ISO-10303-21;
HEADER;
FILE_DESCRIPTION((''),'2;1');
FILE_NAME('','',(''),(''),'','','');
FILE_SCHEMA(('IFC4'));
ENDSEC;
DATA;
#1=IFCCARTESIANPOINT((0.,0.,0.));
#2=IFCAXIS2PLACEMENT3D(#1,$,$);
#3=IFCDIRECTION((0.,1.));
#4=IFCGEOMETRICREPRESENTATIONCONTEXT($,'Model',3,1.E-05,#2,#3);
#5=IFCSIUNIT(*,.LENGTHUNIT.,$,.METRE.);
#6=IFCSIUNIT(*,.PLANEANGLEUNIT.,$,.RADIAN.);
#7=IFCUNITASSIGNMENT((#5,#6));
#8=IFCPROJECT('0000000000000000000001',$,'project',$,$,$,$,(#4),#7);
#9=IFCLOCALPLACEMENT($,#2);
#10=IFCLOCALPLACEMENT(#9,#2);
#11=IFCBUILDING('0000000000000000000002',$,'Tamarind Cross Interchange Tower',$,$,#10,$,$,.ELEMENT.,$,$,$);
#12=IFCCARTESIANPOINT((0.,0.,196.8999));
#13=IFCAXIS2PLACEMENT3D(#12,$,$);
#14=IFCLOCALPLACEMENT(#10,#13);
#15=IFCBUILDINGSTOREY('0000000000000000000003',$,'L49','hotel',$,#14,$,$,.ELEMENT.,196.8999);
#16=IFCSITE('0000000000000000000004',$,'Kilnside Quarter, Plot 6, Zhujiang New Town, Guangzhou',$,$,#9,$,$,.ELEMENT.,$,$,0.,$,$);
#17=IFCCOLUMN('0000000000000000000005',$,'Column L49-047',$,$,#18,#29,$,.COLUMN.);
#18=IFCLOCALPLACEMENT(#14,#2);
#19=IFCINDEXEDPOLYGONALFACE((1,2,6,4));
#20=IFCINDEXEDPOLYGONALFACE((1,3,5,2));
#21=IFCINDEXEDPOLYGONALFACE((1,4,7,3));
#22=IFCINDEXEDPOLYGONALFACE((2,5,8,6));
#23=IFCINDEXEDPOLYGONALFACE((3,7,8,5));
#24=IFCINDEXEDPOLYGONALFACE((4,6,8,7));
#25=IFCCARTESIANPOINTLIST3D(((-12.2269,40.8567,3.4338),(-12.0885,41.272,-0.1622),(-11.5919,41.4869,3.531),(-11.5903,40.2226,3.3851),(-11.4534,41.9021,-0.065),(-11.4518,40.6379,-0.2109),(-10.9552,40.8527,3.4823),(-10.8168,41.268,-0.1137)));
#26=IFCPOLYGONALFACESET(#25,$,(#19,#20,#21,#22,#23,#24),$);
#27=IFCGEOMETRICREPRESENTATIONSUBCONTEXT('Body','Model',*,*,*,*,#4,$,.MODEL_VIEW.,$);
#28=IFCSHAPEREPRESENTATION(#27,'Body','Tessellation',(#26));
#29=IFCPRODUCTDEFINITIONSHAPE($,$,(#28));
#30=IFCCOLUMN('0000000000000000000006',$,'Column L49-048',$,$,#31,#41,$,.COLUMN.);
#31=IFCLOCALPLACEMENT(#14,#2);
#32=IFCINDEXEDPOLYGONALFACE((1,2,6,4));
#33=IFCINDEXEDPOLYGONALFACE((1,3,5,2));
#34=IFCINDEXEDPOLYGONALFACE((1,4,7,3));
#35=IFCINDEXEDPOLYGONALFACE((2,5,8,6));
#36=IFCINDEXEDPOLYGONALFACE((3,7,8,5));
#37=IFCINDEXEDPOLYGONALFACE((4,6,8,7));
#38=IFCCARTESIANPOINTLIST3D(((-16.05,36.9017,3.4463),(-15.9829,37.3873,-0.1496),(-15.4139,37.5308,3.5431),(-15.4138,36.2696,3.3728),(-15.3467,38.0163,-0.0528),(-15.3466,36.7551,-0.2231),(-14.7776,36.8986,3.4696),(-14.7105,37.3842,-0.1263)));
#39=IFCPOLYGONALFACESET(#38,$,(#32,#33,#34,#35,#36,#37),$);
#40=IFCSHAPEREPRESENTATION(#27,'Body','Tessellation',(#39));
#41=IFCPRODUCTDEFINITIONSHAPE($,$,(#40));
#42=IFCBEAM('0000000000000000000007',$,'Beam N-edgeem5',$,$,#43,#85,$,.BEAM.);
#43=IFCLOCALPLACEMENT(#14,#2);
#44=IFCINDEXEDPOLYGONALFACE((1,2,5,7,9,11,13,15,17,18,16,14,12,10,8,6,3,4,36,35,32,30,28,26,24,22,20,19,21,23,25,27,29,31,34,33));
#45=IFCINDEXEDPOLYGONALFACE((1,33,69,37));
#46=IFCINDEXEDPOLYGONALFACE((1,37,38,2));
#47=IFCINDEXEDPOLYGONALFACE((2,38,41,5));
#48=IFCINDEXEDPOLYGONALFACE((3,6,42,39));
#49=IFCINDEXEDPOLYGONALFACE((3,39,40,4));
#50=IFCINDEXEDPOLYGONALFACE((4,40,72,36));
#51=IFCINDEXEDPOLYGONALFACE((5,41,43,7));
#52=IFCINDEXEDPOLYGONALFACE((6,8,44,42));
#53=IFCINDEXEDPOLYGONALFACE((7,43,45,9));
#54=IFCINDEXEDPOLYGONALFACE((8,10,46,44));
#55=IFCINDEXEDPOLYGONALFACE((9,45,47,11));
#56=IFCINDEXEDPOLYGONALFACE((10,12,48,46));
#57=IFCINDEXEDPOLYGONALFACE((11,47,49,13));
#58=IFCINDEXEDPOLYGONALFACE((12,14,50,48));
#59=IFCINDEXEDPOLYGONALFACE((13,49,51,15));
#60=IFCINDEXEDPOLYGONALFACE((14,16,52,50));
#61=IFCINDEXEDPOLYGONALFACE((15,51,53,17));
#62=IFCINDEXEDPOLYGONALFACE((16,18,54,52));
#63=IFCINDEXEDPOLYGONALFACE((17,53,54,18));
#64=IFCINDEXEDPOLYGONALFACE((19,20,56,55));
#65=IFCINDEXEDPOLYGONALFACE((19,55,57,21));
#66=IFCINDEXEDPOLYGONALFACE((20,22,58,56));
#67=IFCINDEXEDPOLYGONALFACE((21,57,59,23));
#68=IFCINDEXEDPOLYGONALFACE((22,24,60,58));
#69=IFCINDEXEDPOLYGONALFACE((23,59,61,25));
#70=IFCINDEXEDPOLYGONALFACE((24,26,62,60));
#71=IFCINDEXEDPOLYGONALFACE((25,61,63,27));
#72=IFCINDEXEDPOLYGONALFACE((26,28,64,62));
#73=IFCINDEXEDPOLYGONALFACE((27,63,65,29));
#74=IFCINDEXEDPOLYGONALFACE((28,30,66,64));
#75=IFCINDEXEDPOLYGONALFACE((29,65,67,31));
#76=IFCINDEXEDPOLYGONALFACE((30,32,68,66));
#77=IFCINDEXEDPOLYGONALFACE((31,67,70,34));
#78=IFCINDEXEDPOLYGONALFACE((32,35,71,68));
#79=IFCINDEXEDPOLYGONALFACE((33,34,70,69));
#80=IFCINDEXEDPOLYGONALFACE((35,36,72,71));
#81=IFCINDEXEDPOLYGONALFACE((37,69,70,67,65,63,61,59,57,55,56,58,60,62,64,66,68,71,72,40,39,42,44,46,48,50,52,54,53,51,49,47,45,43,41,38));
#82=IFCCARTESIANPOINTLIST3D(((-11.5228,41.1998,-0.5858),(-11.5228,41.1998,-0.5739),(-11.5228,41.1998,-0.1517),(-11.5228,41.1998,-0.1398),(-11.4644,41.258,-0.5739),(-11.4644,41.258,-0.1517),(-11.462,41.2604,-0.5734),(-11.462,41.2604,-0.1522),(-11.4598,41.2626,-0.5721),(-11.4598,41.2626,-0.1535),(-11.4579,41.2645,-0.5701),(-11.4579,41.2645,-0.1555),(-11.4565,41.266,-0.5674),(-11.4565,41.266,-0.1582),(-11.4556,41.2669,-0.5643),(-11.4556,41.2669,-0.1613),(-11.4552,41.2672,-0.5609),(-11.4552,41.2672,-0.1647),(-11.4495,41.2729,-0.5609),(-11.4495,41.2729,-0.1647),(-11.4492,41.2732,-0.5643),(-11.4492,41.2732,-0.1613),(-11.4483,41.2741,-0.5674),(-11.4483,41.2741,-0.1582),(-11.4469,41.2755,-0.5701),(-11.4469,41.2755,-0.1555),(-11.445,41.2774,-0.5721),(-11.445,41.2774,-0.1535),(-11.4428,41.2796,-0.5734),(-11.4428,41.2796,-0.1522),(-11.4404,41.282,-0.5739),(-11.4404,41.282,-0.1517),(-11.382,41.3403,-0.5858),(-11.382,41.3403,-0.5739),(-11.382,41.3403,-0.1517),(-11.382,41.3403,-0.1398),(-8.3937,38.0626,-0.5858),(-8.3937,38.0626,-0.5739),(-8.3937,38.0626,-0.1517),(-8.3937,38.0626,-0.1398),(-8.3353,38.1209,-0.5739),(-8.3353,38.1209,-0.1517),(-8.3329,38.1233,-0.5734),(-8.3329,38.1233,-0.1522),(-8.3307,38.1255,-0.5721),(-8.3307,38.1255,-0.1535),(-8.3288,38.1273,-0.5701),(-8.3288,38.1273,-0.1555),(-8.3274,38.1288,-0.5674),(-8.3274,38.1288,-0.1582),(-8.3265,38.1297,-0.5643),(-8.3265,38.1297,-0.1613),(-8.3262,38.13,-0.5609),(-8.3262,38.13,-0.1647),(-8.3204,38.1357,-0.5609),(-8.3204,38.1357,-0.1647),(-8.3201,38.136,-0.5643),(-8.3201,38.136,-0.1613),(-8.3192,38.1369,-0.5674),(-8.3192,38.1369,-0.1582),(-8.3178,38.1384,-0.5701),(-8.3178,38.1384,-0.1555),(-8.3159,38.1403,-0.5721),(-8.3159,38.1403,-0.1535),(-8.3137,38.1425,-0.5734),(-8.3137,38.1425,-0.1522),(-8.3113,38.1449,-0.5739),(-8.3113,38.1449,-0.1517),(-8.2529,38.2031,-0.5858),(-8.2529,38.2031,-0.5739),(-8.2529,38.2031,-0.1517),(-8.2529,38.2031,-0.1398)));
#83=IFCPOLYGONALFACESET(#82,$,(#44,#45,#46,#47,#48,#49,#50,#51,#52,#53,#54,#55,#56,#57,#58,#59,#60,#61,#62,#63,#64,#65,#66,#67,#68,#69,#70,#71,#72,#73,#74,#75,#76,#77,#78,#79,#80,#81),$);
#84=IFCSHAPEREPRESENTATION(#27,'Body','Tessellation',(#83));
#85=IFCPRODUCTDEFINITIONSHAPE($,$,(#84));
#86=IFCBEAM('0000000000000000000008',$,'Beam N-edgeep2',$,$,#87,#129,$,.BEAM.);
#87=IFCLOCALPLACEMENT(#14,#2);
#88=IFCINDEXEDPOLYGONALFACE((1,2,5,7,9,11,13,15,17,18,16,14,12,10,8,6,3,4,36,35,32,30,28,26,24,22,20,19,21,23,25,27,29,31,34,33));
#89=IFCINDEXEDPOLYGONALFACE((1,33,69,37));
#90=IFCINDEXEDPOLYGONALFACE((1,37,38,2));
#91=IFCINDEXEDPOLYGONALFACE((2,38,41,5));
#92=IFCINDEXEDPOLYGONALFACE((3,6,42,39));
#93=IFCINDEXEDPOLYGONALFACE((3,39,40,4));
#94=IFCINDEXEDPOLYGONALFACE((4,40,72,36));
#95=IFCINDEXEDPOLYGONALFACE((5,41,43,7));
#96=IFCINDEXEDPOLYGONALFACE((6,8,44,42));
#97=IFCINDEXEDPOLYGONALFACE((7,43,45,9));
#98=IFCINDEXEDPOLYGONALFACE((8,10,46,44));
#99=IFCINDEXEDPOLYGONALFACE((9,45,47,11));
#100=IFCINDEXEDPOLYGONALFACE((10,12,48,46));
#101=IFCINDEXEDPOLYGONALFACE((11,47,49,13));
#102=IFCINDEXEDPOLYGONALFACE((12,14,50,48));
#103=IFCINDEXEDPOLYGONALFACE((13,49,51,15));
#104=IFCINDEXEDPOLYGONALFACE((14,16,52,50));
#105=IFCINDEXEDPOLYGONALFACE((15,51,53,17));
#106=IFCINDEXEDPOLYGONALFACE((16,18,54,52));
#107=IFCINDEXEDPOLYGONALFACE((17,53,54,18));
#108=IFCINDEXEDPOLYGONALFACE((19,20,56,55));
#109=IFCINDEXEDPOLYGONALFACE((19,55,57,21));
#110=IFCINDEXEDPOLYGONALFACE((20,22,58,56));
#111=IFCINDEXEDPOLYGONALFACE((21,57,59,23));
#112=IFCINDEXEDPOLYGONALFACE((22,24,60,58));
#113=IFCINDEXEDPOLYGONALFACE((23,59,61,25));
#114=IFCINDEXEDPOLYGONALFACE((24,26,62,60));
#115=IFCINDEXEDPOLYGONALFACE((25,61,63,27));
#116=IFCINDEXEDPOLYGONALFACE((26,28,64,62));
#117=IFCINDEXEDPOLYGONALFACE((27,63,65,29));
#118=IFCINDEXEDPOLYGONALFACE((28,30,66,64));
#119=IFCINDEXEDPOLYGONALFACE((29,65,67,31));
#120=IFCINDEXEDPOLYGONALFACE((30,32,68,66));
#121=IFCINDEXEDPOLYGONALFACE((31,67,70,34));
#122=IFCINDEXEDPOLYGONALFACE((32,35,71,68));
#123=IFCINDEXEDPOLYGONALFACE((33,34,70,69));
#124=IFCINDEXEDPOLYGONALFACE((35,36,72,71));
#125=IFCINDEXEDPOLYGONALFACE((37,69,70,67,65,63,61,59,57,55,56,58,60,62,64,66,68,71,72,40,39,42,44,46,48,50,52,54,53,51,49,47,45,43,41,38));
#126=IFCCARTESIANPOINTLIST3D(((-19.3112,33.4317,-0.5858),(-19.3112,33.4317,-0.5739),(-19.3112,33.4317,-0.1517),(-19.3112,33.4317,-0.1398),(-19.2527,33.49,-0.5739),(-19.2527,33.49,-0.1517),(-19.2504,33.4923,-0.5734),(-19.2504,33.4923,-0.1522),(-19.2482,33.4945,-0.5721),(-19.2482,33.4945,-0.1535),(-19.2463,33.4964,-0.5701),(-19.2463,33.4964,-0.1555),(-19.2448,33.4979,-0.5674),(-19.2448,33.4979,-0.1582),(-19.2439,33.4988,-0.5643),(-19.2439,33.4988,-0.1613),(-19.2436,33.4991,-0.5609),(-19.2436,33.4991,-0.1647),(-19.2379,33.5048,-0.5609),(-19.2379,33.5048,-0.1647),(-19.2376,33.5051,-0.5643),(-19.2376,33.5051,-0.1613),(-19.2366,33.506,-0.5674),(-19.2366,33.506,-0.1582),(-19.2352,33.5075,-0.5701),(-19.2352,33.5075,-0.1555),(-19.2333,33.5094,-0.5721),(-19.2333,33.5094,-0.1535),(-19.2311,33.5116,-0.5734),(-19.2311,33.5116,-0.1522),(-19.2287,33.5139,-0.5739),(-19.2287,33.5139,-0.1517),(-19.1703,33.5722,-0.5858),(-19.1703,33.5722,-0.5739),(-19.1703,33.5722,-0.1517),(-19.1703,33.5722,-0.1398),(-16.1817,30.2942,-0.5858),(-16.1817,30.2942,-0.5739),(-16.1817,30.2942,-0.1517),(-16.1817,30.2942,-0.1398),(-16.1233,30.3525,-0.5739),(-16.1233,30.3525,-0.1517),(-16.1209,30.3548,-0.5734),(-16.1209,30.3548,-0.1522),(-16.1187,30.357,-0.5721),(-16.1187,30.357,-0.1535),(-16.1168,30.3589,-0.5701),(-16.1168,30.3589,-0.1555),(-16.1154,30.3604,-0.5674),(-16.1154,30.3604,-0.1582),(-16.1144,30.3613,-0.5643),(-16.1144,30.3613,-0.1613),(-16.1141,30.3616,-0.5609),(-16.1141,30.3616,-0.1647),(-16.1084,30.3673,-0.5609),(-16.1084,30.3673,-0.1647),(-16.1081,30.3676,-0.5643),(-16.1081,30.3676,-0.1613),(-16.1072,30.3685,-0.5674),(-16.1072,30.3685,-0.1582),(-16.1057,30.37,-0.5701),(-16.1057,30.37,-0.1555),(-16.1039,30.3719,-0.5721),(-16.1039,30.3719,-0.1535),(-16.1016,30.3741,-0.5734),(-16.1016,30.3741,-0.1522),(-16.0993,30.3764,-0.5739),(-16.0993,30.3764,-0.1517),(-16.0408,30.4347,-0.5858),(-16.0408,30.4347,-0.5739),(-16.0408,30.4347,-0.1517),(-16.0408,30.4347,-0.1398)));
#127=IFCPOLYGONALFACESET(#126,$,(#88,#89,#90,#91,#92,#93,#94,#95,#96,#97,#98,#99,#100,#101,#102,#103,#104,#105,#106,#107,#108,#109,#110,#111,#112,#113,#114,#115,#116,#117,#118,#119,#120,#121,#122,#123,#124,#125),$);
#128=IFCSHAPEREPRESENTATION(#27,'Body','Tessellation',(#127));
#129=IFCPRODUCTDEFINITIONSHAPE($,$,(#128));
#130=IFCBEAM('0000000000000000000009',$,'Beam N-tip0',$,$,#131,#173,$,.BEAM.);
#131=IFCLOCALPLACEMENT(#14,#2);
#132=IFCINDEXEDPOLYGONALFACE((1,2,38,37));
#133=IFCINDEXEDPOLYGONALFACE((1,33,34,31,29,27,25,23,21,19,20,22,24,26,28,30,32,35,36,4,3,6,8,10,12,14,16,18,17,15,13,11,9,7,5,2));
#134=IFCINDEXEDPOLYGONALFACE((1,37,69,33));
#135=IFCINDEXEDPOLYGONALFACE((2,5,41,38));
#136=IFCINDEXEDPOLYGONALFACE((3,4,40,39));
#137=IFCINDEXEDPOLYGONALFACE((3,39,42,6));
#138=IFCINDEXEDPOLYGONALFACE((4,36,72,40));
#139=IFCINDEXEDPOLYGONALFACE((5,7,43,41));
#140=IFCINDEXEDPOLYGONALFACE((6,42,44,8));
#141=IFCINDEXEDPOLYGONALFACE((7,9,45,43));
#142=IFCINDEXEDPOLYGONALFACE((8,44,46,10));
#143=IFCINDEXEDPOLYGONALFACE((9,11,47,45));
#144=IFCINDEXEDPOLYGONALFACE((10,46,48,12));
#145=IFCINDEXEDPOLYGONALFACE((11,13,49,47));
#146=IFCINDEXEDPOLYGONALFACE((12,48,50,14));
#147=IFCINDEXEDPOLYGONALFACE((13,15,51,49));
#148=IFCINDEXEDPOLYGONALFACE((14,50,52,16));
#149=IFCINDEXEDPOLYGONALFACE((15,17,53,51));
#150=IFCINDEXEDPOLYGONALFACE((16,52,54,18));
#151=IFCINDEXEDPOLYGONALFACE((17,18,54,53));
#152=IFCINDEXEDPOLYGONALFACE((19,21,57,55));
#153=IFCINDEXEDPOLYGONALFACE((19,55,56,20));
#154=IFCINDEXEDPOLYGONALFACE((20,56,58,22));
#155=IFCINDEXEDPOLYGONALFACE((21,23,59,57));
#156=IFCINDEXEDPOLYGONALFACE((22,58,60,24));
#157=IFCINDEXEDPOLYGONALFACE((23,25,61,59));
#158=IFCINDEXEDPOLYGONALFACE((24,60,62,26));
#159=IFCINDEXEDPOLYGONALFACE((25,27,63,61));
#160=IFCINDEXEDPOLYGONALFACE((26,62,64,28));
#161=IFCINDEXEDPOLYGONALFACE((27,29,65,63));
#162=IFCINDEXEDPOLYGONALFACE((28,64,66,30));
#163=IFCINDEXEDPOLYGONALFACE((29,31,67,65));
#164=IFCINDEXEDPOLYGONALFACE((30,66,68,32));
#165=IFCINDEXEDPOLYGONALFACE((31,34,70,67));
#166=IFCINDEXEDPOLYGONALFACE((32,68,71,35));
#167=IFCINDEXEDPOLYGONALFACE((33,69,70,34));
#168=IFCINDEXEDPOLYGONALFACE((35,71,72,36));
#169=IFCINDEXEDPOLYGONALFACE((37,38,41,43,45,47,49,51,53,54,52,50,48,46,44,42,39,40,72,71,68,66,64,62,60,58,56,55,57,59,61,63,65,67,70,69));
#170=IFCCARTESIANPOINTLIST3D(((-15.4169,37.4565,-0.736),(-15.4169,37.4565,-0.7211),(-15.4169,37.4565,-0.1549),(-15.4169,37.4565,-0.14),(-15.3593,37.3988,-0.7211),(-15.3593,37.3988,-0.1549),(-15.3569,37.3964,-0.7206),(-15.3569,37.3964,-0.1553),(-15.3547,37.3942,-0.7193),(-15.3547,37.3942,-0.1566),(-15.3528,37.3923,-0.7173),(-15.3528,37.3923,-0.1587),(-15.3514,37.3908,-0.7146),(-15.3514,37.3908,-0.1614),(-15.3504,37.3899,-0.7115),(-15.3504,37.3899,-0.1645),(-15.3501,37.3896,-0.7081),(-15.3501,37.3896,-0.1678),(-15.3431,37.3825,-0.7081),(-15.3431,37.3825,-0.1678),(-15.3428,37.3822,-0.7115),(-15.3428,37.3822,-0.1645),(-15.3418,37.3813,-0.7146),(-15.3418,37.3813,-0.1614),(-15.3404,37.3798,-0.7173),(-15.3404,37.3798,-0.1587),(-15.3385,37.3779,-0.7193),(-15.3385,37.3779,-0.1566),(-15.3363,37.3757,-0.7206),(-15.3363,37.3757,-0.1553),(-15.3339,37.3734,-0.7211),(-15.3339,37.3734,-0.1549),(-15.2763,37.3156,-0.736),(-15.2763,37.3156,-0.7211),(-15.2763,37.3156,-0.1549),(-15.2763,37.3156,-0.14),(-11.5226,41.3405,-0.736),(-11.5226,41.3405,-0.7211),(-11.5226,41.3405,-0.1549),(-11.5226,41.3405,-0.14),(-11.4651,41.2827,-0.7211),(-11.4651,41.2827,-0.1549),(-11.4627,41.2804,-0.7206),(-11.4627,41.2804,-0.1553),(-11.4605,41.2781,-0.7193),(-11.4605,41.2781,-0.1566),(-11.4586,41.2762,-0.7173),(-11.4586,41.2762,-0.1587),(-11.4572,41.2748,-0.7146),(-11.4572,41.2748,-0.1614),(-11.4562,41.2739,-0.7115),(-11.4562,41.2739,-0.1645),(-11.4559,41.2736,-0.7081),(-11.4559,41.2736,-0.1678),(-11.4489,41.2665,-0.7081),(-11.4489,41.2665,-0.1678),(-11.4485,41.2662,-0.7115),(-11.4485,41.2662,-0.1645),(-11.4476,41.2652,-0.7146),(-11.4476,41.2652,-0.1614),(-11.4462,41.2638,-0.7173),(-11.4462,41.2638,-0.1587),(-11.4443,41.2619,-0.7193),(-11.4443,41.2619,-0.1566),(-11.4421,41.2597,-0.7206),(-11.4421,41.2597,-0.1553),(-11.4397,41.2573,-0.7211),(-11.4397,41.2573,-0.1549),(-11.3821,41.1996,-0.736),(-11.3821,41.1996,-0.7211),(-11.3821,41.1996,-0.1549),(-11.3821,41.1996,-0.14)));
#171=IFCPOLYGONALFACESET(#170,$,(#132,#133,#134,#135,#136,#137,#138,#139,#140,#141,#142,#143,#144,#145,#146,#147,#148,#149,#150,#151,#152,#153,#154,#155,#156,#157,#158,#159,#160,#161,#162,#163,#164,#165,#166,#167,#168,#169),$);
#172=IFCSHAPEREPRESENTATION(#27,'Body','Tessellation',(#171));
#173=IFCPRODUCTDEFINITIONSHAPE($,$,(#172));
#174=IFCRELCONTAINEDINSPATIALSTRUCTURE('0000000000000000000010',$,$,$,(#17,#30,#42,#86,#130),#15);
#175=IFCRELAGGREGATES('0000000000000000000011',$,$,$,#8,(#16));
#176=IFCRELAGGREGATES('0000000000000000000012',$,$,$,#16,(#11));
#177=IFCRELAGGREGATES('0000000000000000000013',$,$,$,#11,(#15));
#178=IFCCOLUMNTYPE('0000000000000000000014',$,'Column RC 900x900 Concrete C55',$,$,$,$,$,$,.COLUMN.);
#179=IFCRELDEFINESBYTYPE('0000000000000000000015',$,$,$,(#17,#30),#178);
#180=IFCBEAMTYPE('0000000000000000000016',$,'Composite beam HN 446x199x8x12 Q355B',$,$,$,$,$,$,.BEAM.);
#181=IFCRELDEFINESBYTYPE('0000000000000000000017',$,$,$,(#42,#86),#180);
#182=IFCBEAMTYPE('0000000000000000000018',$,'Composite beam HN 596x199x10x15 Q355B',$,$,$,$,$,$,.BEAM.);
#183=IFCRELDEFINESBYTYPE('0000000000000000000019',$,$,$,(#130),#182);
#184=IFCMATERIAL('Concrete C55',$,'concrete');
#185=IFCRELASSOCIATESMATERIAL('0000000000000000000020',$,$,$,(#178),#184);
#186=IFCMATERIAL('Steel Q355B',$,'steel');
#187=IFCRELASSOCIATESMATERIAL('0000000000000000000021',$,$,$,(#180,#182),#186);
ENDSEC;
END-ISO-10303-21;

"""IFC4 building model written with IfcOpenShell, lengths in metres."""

from ifc_helpers import new_model, si_unit, direction, frame, origin, origin_2d, place, context, subcontext, project, spatial, rectangle, i_section, extrude, material, material_profile, profile_set, type_object, element, save


model = new_model("IFC4")

# Units and contexts
model_context = context("Model", 3, precision=1e-05, world=origin(), true_north=direction((0.0, 1.0)))
body_context = subcontext(model_context, "Body", "Model", "MODEL_VIEW")
ifc_project = project(units=[si_unit("LENGTHUNIT", "METRE"), si_unit("PLANEANGLEUNIT", "RADIAN")], contexts=[model_context])

# Site, building, storey
site_placement = place(None, origin())
site = spatial("IfcSite", under=ifc_project, at=site_placement, Name="Kilnside Quarter, Plot 6, Zhujiang New Town, Guangzhou", CompositionType="ELEMENT", RefElevation=0.0)
building_placement = place(site_placement, origin())
building = spatial("IfcBuilding", under=site, at=building_placement, Name="Tamarind Cross Interchange Tower", CompositionType="ELEMENT")
storey_placement = place(building_placement, frame((0.0, 0.0, 196.8999)))
storey = spatial("IfcBuildingStorey", under=building, at=storey_placement, Name="L49", Description="hotel", CompositionType="ELEMENT", Elevation=196.8999)

# Columns
ifc_material_1 = material(Name="Concrete C55", Category="concrete")
ifc_material_profile_1 = material_profile(ifc_material_1, rectangle(XDim=0.8999, YDim=0.8999, at=origin_2d()), Name="RC 900x900")
ifc_profile_set_1 = profile_set([ifc_material_profile_1], Name="Concrete C55")
column_type = type_object("IfcColumnType", Name="Column RC 900x900 Concrete C55", PredefinedType="COLUMN", material=ifc_profile_set_1)
column_1_placement = place(storey_placement, frame((-11.4526, 41.27, -0.1379), z_axis=(-0.038213, -0.11464, 0.992672), x_axis=(0.70571, 0.700216, 0.108032)))
element("IfcColumn", 1, at=column_1_placement, inside=storey, type_object=column_type, Name="Column L49-047", PredefinedType="COLUMN", context=body_context, shape_type="SweptSolid", body=[
    extrude(rectangle(XDim=0.8999, YDim=0.8999, at=origin_2d()), origin(), (0.0, 0.0, 1.0), 3.6226),
])
column_2_placement = place(storey_placement, frame((-15.3467, 37.3857, -0.1379), z_axis=(-0.0185, -0.133802, 0.990835), x_axis=(0.706938, 0.699044, 0.107598)))
element("IfcColumn", 2, at=column_2_placement, inside=storey, type_object=column_type, Name="Column L49-048", PredefinedType="COLUMN", context=body_context, shape_type="SweptSolid", body=[
    extrude(rectangle(XDim=0.8999, YDim=0.8999, at=origin_2d()), origin(), (0.0, 0.0, 1.0), 3.6292),
])

# Beams
ifc_material_2 = material(Name="Steel Q355B", Category="steel")
ifc_material_profile_2 = material_profile(ifc_material_2, i_section(OverallWidth=0.199, OverallDepth=0.446, WebThickness=0.0081, FlangeThickness=0.012, FilletRadius=0.0129, at=origin_2d()), Name="HN 446x199x8x12")
ifc_profile_set_2 = profile_set([ifc_material_profile_2], Name="Steel Q355B")
beam_type_1 = type_object("IfcBeamType", Name="Composite beam HN 446x199x8x12 Q355B", PredefinedType="BEAM", material=ifc_profile_set_2)
beam_1_placement = place(storey_placement, frame((-11.4524, 41.27, -0.3628), z_axis=(0.706197, -0.708015, 0.0), x_axis=(0.708015, 0.706197, 0.0)))
element("IfcBeam", 3, at=beam_1_placement, inside=storey, type_object=beam_type_1, Name="Beam N-edgeem5", PredefinedType="BEAM", context=body_context, shape_type="SweptSolid", body=[
    extrude(i_section(OverallWidth=0.199, OverallDepth=0.446, WebThickness=0.0081, FlangeThickness=0.012, FilletRadius=0.0129, at=origin_2d()), origin(), (0.0, 0.0, 1.0), 4.4309),
])
beam_2_placement = place(storey_placement, frame((-19.2407, 33.502, -0.3628), z_axis=(0.706197, -0.708015, 0.0), x_axis=(0.708015, 0.706197, 0.0)))
element("IfcBeam", 4, at=beam_2_placement, inside=storey, type_object=beam_type_1, Name="Beam N-edgeep2", PredefinedType="BEAM", context=body_context, shape_type="SweptSolid", body=[
    extrude(i_section(OverallWidth=0.199, OverallDepth=0.446, WebThickness=0.0081, FlangeThickness=0.012, FilletRadius=0.0129, at=origin_2d()), origin(), (0.0, 0.0, 1.0), 4.4314),
])
ifc_material_profile_3 = material_profile(ifc_material_2, i_section(OverallWidth=0.199, OverallDepth=0.5959, WebThickness=0.01, FlangeThickness=0.0149, FilletRadius=0.0129, at=origin_2d()), Name="HN 596x199x10x15")
ifc_profile_set_3 = profile_set([ifc_material_profile_3], Name="Steel Q355B")
beam_type_2 = type_object("IfcBeamType", Name="Composite beam HN 596x199x10x15 Q355B", PredefinedType="BEAM", material=ifc_profile_set_3)
for number, where, z_axis, x_axis, name in (
    (5, (-11.4524, 41.27, -0.438), (-0.708038, -0.706174, 0.0), (0.706174, -0.708038, 0.0), "Beam N-tip0"),
):
    element("IfcBeam", number, at=place(storey_placement, frame(where, z_axis=z_axis, x_axis=x_axis)), inside=storey, type_object=beam_type_2, Name=name, PredefinedType="BEAM", context=body_context, shape_type="SweptSolid", body=[
        extrude(i_section(OverallWidth=0.199, OverallDepth=0.5959, WebThickness=0.01, FlangeThickness=0.0149, FilletRadius=0.0129, at=origin_2d()), origin(), (0.0, 0.0, 1.0), 5.5),
    ])

save(model, "model.ifc")
